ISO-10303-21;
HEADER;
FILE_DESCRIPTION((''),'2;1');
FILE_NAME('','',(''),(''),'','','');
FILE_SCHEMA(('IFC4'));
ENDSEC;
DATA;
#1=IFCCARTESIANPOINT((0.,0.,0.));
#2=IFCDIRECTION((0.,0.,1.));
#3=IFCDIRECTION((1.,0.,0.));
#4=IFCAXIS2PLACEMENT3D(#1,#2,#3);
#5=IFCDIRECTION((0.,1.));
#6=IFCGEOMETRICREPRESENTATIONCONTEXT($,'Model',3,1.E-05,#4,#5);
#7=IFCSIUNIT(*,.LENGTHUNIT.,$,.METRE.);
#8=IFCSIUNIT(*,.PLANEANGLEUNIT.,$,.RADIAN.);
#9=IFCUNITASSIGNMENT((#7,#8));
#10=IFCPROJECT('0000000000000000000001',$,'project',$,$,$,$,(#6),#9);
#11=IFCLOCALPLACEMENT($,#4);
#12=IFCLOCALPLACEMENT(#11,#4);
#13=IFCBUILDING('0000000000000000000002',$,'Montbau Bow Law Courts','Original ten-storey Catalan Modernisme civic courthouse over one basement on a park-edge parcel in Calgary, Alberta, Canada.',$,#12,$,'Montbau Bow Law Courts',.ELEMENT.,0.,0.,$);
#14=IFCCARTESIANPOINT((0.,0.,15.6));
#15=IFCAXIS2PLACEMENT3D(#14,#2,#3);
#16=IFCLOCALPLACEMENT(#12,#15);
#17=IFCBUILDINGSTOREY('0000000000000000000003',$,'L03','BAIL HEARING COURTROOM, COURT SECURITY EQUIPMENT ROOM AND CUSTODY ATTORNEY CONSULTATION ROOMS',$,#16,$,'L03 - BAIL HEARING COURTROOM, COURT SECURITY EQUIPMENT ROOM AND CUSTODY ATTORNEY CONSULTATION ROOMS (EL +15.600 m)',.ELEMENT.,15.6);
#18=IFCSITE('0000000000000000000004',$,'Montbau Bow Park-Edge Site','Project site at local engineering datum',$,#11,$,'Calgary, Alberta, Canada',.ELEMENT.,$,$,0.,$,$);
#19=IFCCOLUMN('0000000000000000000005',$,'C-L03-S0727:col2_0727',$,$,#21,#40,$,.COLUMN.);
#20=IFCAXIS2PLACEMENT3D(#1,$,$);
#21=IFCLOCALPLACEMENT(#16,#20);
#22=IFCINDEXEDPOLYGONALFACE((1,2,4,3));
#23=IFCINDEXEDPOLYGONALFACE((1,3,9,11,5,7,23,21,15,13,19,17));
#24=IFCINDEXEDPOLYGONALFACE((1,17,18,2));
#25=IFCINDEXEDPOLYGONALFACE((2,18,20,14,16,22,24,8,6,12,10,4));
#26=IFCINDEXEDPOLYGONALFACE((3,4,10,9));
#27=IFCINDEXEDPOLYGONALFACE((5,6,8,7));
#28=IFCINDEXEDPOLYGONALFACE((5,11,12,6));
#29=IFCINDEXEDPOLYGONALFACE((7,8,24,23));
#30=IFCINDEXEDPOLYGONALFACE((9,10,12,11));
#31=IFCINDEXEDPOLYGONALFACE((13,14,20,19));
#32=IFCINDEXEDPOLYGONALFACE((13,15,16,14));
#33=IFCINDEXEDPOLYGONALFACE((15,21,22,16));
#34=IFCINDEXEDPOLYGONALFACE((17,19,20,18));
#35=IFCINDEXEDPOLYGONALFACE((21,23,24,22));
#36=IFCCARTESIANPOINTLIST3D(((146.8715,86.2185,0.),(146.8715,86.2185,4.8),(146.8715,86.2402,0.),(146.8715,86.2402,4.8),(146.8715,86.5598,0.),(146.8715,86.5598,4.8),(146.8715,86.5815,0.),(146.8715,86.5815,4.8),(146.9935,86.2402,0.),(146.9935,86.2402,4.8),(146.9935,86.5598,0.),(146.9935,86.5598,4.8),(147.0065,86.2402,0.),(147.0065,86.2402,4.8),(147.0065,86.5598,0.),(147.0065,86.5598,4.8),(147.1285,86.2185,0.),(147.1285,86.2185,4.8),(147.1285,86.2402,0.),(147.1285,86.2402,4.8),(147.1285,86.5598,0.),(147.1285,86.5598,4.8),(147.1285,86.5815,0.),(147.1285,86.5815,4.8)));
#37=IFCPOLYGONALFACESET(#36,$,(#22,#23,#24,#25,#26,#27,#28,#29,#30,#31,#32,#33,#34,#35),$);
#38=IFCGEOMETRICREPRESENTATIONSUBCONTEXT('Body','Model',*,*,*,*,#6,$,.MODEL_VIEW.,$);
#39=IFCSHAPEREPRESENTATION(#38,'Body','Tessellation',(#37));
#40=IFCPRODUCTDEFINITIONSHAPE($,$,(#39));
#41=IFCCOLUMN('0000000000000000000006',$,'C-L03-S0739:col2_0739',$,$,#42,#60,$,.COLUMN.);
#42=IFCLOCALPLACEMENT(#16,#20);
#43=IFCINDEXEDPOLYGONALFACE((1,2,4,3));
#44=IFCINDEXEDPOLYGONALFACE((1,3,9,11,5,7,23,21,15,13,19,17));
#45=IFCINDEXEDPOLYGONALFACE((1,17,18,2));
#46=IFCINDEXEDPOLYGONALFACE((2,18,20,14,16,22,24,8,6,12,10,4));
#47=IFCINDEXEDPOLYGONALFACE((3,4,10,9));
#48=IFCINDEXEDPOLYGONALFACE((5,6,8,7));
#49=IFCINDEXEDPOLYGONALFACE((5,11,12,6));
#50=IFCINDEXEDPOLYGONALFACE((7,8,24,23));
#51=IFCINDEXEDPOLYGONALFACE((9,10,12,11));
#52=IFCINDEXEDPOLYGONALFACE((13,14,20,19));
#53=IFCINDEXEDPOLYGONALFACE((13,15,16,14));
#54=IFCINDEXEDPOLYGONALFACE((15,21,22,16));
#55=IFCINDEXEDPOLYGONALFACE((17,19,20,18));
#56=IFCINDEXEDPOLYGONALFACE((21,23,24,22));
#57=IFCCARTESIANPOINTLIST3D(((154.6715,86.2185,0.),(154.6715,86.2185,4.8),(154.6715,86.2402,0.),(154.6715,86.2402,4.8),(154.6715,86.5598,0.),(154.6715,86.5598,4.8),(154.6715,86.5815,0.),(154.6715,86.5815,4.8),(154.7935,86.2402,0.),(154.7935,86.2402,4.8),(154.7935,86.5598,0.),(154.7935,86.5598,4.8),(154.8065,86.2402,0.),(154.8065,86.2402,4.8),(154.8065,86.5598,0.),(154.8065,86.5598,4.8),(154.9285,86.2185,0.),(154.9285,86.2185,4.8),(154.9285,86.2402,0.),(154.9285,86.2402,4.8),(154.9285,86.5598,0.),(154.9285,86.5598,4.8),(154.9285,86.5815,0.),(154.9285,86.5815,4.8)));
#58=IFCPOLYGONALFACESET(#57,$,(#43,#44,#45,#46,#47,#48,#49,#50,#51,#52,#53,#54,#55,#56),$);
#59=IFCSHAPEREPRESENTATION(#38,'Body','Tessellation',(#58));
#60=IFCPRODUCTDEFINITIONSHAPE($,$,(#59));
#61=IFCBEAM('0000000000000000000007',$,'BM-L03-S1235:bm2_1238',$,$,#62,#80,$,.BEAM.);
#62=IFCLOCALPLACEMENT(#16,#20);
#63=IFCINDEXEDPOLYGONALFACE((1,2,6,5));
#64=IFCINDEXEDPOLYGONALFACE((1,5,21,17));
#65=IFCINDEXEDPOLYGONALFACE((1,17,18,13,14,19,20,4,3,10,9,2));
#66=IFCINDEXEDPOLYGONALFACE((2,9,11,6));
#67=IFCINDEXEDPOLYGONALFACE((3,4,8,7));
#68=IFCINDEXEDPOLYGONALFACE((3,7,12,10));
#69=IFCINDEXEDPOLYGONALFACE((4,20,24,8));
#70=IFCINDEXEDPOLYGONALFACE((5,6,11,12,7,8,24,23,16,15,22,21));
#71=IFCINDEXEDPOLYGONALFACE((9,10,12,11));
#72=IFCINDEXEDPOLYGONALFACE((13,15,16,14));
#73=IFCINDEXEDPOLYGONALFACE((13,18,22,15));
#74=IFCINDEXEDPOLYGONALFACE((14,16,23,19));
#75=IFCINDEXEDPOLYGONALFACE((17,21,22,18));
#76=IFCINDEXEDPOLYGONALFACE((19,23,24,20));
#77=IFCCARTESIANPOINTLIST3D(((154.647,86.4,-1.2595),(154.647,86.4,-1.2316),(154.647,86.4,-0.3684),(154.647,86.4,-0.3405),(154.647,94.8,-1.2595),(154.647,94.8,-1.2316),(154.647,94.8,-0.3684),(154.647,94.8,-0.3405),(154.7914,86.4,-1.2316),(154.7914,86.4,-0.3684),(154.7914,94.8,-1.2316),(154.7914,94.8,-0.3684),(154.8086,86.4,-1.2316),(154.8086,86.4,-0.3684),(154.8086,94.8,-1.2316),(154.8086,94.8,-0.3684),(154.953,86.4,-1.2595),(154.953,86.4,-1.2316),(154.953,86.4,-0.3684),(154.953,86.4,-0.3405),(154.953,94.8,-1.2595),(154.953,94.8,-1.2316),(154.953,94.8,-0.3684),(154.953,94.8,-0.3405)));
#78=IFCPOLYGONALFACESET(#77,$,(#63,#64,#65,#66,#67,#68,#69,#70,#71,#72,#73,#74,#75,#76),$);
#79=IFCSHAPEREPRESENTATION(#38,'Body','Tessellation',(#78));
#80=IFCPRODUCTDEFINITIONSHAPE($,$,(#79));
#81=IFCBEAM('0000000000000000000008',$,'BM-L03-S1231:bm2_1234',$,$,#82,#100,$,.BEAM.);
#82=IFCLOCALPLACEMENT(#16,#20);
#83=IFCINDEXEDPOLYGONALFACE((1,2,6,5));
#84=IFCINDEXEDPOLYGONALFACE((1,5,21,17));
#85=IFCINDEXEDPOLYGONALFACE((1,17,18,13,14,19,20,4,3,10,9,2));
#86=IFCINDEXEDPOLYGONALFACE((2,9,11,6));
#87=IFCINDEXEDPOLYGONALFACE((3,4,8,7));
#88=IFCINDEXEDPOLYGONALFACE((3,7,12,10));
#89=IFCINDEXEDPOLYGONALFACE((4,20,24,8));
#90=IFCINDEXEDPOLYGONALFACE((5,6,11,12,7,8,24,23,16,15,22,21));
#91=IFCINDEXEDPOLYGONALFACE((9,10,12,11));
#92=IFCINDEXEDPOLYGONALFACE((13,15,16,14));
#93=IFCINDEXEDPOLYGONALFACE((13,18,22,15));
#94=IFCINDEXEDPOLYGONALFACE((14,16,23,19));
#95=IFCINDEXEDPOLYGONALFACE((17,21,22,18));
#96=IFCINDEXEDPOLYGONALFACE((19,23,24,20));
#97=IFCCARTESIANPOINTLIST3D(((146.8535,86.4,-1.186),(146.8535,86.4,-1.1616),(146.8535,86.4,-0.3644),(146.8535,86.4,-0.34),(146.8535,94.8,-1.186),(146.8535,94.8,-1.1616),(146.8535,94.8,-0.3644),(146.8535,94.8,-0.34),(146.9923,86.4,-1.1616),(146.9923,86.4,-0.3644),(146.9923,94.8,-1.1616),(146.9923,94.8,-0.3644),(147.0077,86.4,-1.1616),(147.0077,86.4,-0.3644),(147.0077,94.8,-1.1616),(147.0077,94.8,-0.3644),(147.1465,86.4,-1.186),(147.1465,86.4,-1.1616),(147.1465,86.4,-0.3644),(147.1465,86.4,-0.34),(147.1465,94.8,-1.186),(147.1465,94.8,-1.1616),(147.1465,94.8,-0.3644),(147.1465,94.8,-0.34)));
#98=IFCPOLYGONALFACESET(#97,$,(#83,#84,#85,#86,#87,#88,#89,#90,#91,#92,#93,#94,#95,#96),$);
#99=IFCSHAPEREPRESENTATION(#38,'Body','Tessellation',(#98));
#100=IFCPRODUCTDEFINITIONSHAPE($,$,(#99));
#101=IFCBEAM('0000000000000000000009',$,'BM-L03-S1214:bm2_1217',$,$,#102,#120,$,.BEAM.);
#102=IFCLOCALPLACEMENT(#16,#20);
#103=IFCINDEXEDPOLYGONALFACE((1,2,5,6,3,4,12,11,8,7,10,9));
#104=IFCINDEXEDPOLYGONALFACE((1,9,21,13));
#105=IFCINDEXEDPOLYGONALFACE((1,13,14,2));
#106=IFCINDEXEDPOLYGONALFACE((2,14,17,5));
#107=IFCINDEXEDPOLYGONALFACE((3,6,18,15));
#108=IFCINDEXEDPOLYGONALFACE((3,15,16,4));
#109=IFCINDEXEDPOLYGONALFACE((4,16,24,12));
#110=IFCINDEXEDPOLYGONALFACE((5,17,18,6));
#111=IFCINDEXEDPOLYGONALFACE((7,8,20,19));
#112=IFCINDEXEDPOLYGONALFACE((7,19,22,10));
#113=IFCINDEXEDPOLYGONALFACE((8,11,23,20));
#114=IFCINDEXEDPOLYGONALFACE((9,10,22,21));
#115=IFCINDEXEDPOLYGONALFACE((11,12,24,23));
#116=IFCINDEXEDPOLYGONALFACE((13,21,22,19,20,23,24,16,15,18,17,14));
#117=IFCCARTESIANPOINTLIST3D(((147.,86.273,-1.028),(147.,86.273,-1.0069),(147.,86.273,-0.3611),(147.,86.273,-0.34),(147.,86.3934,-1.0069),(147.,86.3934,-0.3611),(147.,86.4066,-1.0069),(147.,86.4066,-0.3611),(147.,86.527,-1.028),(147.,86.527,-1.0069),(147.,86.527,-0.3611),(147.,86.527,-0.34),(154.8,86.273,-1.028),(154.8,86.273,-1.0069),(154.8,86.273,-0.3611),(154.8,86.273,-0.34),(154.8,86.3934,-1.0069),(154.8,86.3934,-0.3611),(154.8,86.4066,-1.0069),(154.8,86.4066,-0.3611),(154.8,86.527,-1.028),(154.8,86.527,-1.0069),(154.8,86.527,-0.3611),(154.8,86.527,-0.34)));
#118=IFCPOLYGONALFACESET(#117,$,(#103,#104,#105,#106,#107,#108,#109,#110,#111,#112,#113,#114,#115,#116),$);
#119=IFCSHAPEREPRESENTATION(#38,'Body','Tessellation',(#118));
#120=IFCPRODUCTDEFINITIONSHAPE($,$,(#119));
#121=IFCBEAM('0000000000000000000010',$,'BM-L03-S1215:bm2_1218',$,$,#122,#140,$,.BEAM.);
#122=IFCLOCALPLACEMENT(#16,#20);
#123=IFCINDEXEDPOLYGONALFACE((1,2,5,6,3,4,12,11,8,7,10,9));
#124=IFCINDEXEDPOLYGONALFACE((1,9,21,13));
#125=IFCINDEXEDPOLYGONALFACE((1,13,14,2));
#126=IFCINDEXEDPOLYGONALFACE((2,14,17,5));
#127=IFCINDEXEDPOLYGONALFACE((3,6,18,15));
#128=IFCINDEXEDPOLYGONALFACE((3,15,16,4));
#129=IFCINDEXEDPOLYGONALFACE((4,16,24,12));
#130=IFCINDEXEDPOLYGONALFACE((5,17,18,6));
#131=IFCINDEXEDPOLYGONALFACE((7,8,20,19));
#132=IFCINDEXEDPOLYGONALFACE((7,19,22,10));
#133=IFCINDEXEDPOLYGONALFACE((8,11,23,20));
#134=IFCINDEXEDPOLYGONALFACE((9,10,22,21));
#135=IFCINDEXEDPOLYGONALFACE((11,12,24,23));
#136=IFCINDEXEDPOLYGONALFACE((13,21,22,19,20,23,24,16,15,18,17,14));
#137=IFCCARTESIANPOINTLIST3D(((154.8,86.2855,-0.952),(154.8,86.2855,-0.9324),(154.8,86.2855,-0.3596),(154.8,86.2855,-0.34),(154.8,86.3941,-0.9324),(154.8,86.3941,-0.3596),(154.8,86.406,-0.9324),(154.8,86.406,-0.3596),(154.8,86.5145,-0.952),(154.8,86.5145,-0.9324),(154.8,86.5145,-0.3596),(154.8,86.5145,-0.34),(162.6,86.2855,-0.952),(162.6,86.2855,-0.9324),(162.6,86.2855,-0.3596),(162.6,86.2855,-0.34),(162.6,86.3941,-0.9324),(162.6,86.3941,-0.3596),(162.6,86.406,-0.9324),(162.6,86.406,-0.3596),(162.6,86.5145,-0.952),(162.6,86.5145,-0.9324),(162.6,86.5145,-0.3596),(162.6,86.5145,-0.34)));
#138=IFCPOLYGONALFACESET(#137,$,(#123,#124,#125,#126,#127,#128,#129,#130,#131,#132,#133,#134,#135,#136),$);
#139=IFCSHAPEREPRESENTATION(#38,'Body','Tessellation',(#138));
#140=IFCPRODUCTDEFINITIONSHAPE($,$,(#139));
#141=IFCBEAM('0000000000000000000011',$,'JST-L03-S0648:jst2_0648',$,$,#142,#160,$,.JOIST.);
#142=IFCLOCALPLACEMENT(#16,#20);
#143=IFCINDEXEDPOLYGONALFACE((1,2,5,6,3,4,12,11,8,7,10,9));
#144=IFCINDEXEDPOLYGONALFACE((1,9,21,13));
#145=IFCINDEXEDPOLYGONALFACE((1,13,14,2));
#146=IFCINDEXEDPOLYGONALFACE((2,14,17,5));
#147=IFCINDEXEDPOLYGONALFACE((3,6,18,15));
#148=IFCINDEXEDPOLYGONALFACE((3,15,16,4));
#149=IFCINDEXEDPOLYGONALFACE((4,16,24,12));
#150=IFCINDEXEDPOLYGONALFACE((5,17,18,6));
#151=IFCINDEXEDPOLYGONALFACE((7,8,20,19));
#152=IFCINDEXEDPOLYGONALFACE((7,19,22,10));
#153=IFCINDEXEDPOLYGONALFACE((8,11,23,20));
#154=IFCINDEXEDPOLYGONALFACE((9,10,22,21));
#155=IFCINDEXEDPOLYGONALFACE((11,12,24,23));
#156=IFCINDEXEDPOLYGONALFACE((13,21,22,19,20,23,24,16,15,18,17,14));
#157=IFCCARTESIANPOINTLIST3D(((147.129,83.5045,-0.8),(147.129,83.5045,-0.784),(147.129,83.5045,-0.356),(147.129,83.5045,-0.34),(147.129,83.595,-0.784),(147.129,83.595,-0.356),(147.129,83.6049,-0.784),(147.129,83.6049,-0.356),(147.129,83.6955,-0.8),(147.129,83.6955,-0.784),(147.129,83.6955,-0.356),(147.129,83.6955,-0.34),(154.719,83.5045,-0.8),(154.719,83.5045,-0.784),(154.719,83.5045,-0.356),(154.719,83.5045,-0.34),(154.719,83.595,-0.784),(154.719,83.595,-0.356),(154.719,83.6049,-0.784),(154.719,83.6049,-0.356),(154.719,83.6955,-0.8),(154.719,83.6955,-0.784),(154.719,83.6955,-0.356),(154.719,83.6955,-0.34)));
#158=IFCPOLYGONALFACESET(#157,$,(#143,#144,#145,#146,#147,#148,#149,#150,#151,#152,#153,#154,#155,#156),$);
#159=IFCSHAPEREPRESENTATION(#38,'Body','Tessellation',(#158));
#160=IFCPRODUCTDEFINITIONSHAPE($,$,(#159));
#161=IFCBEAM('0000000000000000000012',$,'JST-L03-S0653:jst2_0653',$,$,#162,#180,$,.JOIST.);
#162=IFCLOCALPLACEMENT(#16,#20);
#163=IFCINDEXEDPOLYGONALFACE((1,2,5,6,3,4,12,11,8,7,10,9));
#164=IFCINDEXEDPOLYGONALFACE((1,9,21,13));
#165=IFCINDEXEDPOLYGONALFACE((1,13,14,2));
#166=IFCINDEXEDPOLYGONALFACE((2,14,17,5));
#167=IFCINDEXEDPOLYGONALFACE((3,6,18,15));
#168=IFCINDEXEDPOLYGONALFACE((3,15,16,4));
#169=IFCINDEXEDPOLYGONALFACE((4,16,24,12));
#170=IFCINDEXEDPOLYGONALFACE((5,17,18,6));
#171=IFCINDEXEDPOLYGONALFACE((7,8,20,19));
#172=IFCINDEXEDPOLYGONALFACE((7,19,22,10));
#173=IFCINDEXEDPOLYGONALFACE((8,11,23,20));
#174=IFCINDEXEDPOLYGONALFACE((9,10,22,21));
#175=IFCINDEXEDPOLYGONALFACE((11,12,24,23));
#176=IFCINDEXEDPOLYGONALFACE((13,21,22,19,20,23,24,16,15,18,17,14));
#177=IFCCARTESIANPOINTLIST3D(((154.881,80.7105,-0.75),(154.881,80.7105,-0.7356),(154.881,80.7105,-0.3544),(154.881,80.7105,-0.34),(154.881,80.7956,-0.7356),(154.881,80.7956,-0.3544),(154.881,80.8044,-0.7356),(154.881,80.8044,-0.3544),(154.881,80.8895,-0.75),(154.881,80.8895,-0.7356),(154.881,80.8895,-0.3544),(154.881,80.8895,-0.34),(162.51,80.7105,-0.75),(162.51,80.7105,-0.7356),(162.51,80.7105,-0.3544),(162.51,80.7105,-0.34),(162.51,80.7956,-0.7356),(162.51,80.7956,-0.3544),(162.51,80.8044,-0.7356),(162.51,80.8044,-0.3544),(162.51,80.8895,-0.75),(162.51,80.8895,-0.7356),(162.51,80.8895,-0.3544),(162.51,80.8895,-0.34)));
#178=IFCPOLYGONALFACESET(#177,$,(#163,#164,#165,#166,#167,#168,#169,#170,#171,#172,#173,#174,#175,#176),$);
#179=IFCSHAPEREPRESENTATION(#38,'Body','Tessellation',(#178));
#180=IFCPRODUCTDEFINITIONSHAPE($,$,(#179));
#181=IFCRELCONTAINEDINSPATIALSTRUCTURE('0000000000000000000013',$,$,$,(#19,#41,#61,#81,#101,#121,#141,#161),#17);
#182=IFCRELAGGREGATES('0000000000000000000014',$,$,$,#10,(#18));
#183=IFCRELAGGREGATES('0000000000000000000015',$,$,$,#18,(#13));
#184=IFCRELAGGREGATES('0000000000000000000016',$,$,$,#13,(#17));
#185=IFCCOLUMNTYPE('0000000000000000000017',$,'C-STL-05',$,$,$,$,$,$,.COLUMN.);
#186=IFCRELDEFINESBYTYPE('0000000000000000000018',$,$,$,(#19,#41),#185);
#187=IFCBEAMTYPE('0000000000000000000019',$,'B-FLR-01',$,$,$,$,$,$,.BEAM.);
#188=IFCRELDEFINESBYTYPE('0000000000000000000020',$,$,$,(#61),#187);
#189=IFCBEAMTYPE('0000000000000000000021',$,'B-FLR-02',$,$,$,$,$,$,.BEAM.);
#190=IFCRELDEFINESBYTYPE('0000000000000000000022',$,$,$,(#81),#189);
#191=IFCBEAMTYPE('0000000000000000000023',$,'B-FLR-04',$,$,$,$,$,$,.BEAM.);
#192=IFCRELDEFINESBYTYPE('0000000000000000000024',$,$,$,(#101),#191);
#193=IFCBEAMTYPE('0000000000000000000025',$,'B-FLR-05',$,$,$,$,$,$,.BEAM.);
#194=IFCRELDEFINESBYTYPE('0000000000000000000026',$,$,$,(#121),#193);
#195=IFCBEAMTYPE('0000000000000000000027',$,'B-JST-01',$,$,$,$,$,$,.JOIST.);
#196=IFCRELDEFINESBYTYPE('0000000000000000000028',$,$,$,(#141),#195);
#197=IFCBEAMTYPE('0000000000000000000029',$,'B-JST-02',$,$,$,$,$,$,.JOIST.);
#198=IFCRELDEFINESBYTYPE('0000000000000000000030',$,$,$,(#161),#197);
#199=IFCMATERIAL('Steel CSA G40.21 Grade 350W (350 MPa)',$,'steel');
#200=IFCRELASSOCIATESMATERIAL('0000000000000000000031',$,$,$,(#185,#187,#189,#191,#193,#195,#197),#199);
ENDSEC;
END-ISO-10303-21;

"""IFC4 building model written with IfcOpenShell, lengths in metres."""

from ifc_helpers import new_model, si_unit, direction, frame, origin_with_axes, origin_2d_with_axis, place, context, subcontext, project, spatial, i_section, extrude, material, material_profile, profile_set, type_object, element, save


model = new_model("IFC4")

# Units and contexts
model_context = context("Model", 3, precision=1e-05, world=origin_with_axes(), true_north=direction((0.0, 1.0)))
body_context = subcontext(model_context, "Body", "Model", "MODEL_VIEW")
ifc_project = project(units=[si_unit("LENGTHUNIT", "METRE"), si_unit("PLANEANGLEUNIT", "RADIAN")], contexts=[model_context])

# Site, building, storey
site_placement = place(None, origin_with_axes())
site = spatial("IfcSite", under=ifc_project, at=site_placement, Name="Montbau Bow Park-Edge Site", Description="Project site at local engineering datum", LongName="Calgary, Alberta, Canada", CompositionType="ELEMENT", RefElevation=0.0)
building_placement = place(site_placement, origin_with_axes())
building = spatial("IfcBuilding", under=site, at=building_placement, Name="Montbau Bow Law Courts", Description="Original ten-storey Catalan Modernisme civic courthouse over one basement on a park-edge parcel in Calgary, Alberta, Canada.", LongName="Montbau Bow Law Courts", CompositionType="ELEMENT", ElevationOfRefHeight=0.0, ElevationOfTerrain=0.0)
storey_placement = place(building_placement, frame((0.0, 0.0, 15.6), z_axis=(0.0, 0.0, 1.0), x_axis=(1.0, 0.0, 0.0)))
storey = spatial("IfcBuildingStorey", under=building, at=storey_placement, Name="L03", Description="BAIL HEARING COURTROOM, COURT SECURITY EQUIPMENT ROOM AND CUSTODY ATTORNEY CONSULTATION ROOMS", LongName="L03 - BAIL HEARING COURTROOM, COURT SECURITY EQUIPMENT ROOM AND CUSTODY ATTORNEY CONSULTATION ROOMS (EL +15.600 m)", CompositionType="ELEMENT", Elevation=15.6)

# Columns
ifc_material_1 = material(Name="Steel CSA G40.21 Grade 350W (350 MPa)", Category="steel")
ifc_material_profile_1 = material_profile(ifc_material_1, i_section(OverallWidth=0.257, OverallDepth=0.363, WebThickness=0.013, FlangeThickness=0.0217, at=origin_2d_with_axis()), Name="W360X122", Category="Main", Priority=0)
ifc_profile_set_1 = profile_set([ifc_material_profile_1], Name="Steel CSA G40.21 Grade 350W (350 MPa)")
column_type = type_object("IfcColumnType", Name="C-STL-05", PredefinedType="COLUMN", material=ifc_profile_set_1)
for number, where, z_axis, x_axis, name in (
    (1, (147.0, 86.4, 15.6), (0.0, 0.0, 1.0), (1.0, 0.0, 0.0), "C-L03-S0727:col2_0727"),
    (2, (154.8, 86.4, 15.6), (0.0, 0.0, 1.0), (1.0, 0.0, 0.0), "C-L03-S0739:col2_0739"),
):
    element("IfcColumn", number, at=place(None, frame(where, z_axis=z_axis, x_axis=x_axis)), inside=storey, type_object=column_type, Name=name, PredefinedType="COLUMN", context=body_context, shape_type="SweptSolid", body=[
        extrude(i_section(OverallWidth=0.257, OverallDepth=0.363, WebThickness=0.013, FlangeThickness=0.0217, at=origin_2d_with_axis()), origin_with_axes(), (0.0, 0.0, 1.0), 4.8),
    ])

# Beams
ifc_material_profile_2 = material_profile(ifc_material_1, i_section(OverallWidth=0.306, OverallDepth=0.919, WebThickness=0.0173, FlangeThickness=0.0279, at=origin_2d_with_axis()), Name="W920X253", Category="Main", Priority=0)
ifc_profile_set_2 = profile_set([ifc_material_profile_2], Name="Steel CSA G40.21 Grade 350W (350 MPa)")
beam_type_1 = type_object("IfcBeamType", Name="B-FLR-01", PredefinedType="BEAM", material=ifc_profile_set_2)
beam_1_placement = place(None, frame((154.8, 86.4, 14.8), z_axis=(0.0, 1.0, 0.0), x_axis=(-1.0, 0.0, 0.0)))
element("IfcBeam", 3, at=beam_1_placement, inside=storey, type_object=beam_type_1, Name="BM-L03-S1235:bm2_1238", PredefinedType="BEAM", context=body_context, shape_type="SweptSolid", body=[
    extrude(i_section(OverallWidth=0.306, OverallDepth=0.919, WebThickness=0.0173, FlangeThickness=0.0279, at=origin_2d_with_axis()), origin_with_axes(), (0.0, 0.0, 1.0), 8.4),
])
ifc_material_profile_3 = material_profile(ifc_material_1, i_section(OverallWidth=0.293, OverallDepth=0.846, WebThickness=0.0154, FlangeThickness=0.0244, at=origin_2d_with_axis()), Name="W840X210", Category="Main", Priority=0)
ifc_profile_set_3 = profile_set([ifc_material_profile_3], Name="Steel CSA G40.21 Grade 350W (350 MPa)")
beam_type_2 = type_object("IfcBeamType", Name="B-FLR-02", PredefinedType="BEAM", material=ifc_profile_set_3)
beam_2_placement = place(None, frame((147.0, 86.4, 14.837), z_axis=(0.0, 1.0, 0.0), x_axis=(-1.0, 0.0, 0.0)))
element("IfcBeam", 4, at=beam_2_placement, inside=storey, type_object=beam_type_2, Name="BM-L03-S1231:bm2_1234", PredefinedType="BEAM", context=body_context, shape_type="SweptSolid", body=[
    extrude(i_section(OverallWidth=0.293, OverallDepth=0.846, WebThickness=0.0154, FlangeThickness=0.0244, at=origin_2d_with_axis()), origin_with_axes(), (0.0, 0.0, 1.0), 8.4),
])
ifc_material_profile_4 = material_profile(ifc_material_1, i_section(OverallWidth=0.254, OverallDepth=0.688, WebThickness=0.0131, FlangeThickness=0.0211, at=origin_2d_with_axis()), Name="W690X152", Category="Main", Priority=0)
ifc_profile_set_4 = profile_set([ifc_material_profile_4], Name="Steel CSA G40.21 Grade 350W (350 MPa)")
beam_type_3 = type_object("IfcBeamType", Name="B-FLR-04", PredefinedType="BEAM", material=ifc_profile_set_4)
beam_3_placement = place(None, frame((147.0, 86.4, 14.916), z_axis=(1.0, 0.0, 0.0), x_axis=(0.0, 1.0, 0.0)))
element("IfcBeam", 5, at=beam_3_placement, inside=storey, type_object=beam_type_3, Name="BM-L03-S1214:bm2_1217", PredefinedType="BEAM", context=body_context, shape_type="SweptSolid", body=[
    extrude(i_section(OverallWidth=0.254, OverallDepth=0.688, WebThickness=0.0131, FlangeThickness=0.0211, at=origin_2d_with_axis()), origin_with_axes(), (0.0, 0.0, 1.0), 7.8),
])
ifc_material_profile_5 = material_profile(ifc_material_1, i_section(OverallWidth=0.229, OverallDepth=0.612, WebThickness=0.0119, FlangeThickness=0.0196, at=origin_2d_with_axis()), Name="W610X125", Category="Main", Priority=0)
ifc_profile_set_5 = profile_set([ifc_material_profile_5], Name="Steel CSA G40.21 Grade 350W (350 MPa)")
beam_type_4 = type_object("IfcBeamType", Name="B-FLR-05", PredefinedType="BEAM", material=ifc_profile_set_5)
beam_4_placement = place(None, frame((154.8, 86.4, 14.954), z_axis=(1.0, 0.0, 0.0), x_axis=(0.0, 1.0, 0.0)))
element("IfcBeam", 6, at=beam_4_placement, inside=storey, type_object=beam_type_4, Name="BM-L03-S1215:bm2_1218", PredefinedType="BEAM", context=body_context, shape_type="SweptSolid", body=[
    extrude(i_section(OverallWidth=0.229, OverallDepth=0.612, WebThickness=0.0119, FlangeThickness=0.0196, at=origin_2d_with_axis()), origin_with_axes(), (0.0, 0.0, 1.0), 7.8),
])
ifc_material_profile_6 = material_profile(ifc_material_1, i_section(OverallWidth=0.191, OverallDepth=0.46, WebThickness=0.0099, FlangeThickness=0.016, at=origin_2d_with_axis()), Name="W460X82", Category="Main", Priority=0)
ifc_profile_set_6 = profile_set([ifc_material_profile_6], Name="Steel CSA G40.21 Grade 350W (350 MPa)")
beam_type_5 = type_object("IfcBeamType", Name="B-JST-01", PredefinedType="JOIST", material=ifc_profile_set_6)
beam_5_placement = place(None, frame((147.129, 83.6, 15.03), z_axis=(1.0, 0.0, 0.0), x_axis=(0.0, 1.0, 0.0)))
element("IfcBeam", 7, at=beam_5_placement, inside=storey, type_object=beam_type_5, Name="JST-L03-S0648:jst2_0648", PredefinedType="JOIST", context=body_context, shape_type="SweptSolid", body=[
    extrude(i_section(OverallWidth=0.191, OverallDepth=0.46, WebThickness=0.0099, FlangeThickness=0.016, at=origin_2d_with_axis()), origin_with_axes(), (0.0, 0.0, 1.0), 7.59),
])
ifc_material_profile_7 = material_profile(ifc_material_1, i_section(OverallWidth=0.179, OverallDepth=0.41, WebThickness=0.0088, FlangeThickness=0.0144, at=origin_2d_with_axis()), Name="W410X67", Category="Main", Priority=0)
ifc_profile_set_7 = profile_set([ifc_material_profile_7], Name="Steel CSA G40.21 Grade 350W (350 MPa)")
beam_type_6 = type_object("IfcBeamType", Name="B-JST-02", PredefinedType="JOIST", material=ifc_profile_set_7)
beam_6_placement = place(None, frame((154.881, 80.8, 15.055), z_axis=(1.0, 0.0, 0.0), x_axis=(0.0, 1.0, 0.0)))
element("IfcBeam", 8, at=beam_6_placement, inside=storey, type_object=beam_type_6, Name="JST-L03-S0653:jst2_0653", PredefinedType="JOIST", context=body_context, shape_type="SweptSolid", body=[
    extrude(i_section(OverallWidth=0.179, OverallDepth=0.41, WebThickness=0.0088, FlangeThickness=0.0144, at=origin_2d_with_axis()), origin_with_axes(), (0.0, 0.0, 1.0), 7.629),
])

save(model, "model.ifc")
